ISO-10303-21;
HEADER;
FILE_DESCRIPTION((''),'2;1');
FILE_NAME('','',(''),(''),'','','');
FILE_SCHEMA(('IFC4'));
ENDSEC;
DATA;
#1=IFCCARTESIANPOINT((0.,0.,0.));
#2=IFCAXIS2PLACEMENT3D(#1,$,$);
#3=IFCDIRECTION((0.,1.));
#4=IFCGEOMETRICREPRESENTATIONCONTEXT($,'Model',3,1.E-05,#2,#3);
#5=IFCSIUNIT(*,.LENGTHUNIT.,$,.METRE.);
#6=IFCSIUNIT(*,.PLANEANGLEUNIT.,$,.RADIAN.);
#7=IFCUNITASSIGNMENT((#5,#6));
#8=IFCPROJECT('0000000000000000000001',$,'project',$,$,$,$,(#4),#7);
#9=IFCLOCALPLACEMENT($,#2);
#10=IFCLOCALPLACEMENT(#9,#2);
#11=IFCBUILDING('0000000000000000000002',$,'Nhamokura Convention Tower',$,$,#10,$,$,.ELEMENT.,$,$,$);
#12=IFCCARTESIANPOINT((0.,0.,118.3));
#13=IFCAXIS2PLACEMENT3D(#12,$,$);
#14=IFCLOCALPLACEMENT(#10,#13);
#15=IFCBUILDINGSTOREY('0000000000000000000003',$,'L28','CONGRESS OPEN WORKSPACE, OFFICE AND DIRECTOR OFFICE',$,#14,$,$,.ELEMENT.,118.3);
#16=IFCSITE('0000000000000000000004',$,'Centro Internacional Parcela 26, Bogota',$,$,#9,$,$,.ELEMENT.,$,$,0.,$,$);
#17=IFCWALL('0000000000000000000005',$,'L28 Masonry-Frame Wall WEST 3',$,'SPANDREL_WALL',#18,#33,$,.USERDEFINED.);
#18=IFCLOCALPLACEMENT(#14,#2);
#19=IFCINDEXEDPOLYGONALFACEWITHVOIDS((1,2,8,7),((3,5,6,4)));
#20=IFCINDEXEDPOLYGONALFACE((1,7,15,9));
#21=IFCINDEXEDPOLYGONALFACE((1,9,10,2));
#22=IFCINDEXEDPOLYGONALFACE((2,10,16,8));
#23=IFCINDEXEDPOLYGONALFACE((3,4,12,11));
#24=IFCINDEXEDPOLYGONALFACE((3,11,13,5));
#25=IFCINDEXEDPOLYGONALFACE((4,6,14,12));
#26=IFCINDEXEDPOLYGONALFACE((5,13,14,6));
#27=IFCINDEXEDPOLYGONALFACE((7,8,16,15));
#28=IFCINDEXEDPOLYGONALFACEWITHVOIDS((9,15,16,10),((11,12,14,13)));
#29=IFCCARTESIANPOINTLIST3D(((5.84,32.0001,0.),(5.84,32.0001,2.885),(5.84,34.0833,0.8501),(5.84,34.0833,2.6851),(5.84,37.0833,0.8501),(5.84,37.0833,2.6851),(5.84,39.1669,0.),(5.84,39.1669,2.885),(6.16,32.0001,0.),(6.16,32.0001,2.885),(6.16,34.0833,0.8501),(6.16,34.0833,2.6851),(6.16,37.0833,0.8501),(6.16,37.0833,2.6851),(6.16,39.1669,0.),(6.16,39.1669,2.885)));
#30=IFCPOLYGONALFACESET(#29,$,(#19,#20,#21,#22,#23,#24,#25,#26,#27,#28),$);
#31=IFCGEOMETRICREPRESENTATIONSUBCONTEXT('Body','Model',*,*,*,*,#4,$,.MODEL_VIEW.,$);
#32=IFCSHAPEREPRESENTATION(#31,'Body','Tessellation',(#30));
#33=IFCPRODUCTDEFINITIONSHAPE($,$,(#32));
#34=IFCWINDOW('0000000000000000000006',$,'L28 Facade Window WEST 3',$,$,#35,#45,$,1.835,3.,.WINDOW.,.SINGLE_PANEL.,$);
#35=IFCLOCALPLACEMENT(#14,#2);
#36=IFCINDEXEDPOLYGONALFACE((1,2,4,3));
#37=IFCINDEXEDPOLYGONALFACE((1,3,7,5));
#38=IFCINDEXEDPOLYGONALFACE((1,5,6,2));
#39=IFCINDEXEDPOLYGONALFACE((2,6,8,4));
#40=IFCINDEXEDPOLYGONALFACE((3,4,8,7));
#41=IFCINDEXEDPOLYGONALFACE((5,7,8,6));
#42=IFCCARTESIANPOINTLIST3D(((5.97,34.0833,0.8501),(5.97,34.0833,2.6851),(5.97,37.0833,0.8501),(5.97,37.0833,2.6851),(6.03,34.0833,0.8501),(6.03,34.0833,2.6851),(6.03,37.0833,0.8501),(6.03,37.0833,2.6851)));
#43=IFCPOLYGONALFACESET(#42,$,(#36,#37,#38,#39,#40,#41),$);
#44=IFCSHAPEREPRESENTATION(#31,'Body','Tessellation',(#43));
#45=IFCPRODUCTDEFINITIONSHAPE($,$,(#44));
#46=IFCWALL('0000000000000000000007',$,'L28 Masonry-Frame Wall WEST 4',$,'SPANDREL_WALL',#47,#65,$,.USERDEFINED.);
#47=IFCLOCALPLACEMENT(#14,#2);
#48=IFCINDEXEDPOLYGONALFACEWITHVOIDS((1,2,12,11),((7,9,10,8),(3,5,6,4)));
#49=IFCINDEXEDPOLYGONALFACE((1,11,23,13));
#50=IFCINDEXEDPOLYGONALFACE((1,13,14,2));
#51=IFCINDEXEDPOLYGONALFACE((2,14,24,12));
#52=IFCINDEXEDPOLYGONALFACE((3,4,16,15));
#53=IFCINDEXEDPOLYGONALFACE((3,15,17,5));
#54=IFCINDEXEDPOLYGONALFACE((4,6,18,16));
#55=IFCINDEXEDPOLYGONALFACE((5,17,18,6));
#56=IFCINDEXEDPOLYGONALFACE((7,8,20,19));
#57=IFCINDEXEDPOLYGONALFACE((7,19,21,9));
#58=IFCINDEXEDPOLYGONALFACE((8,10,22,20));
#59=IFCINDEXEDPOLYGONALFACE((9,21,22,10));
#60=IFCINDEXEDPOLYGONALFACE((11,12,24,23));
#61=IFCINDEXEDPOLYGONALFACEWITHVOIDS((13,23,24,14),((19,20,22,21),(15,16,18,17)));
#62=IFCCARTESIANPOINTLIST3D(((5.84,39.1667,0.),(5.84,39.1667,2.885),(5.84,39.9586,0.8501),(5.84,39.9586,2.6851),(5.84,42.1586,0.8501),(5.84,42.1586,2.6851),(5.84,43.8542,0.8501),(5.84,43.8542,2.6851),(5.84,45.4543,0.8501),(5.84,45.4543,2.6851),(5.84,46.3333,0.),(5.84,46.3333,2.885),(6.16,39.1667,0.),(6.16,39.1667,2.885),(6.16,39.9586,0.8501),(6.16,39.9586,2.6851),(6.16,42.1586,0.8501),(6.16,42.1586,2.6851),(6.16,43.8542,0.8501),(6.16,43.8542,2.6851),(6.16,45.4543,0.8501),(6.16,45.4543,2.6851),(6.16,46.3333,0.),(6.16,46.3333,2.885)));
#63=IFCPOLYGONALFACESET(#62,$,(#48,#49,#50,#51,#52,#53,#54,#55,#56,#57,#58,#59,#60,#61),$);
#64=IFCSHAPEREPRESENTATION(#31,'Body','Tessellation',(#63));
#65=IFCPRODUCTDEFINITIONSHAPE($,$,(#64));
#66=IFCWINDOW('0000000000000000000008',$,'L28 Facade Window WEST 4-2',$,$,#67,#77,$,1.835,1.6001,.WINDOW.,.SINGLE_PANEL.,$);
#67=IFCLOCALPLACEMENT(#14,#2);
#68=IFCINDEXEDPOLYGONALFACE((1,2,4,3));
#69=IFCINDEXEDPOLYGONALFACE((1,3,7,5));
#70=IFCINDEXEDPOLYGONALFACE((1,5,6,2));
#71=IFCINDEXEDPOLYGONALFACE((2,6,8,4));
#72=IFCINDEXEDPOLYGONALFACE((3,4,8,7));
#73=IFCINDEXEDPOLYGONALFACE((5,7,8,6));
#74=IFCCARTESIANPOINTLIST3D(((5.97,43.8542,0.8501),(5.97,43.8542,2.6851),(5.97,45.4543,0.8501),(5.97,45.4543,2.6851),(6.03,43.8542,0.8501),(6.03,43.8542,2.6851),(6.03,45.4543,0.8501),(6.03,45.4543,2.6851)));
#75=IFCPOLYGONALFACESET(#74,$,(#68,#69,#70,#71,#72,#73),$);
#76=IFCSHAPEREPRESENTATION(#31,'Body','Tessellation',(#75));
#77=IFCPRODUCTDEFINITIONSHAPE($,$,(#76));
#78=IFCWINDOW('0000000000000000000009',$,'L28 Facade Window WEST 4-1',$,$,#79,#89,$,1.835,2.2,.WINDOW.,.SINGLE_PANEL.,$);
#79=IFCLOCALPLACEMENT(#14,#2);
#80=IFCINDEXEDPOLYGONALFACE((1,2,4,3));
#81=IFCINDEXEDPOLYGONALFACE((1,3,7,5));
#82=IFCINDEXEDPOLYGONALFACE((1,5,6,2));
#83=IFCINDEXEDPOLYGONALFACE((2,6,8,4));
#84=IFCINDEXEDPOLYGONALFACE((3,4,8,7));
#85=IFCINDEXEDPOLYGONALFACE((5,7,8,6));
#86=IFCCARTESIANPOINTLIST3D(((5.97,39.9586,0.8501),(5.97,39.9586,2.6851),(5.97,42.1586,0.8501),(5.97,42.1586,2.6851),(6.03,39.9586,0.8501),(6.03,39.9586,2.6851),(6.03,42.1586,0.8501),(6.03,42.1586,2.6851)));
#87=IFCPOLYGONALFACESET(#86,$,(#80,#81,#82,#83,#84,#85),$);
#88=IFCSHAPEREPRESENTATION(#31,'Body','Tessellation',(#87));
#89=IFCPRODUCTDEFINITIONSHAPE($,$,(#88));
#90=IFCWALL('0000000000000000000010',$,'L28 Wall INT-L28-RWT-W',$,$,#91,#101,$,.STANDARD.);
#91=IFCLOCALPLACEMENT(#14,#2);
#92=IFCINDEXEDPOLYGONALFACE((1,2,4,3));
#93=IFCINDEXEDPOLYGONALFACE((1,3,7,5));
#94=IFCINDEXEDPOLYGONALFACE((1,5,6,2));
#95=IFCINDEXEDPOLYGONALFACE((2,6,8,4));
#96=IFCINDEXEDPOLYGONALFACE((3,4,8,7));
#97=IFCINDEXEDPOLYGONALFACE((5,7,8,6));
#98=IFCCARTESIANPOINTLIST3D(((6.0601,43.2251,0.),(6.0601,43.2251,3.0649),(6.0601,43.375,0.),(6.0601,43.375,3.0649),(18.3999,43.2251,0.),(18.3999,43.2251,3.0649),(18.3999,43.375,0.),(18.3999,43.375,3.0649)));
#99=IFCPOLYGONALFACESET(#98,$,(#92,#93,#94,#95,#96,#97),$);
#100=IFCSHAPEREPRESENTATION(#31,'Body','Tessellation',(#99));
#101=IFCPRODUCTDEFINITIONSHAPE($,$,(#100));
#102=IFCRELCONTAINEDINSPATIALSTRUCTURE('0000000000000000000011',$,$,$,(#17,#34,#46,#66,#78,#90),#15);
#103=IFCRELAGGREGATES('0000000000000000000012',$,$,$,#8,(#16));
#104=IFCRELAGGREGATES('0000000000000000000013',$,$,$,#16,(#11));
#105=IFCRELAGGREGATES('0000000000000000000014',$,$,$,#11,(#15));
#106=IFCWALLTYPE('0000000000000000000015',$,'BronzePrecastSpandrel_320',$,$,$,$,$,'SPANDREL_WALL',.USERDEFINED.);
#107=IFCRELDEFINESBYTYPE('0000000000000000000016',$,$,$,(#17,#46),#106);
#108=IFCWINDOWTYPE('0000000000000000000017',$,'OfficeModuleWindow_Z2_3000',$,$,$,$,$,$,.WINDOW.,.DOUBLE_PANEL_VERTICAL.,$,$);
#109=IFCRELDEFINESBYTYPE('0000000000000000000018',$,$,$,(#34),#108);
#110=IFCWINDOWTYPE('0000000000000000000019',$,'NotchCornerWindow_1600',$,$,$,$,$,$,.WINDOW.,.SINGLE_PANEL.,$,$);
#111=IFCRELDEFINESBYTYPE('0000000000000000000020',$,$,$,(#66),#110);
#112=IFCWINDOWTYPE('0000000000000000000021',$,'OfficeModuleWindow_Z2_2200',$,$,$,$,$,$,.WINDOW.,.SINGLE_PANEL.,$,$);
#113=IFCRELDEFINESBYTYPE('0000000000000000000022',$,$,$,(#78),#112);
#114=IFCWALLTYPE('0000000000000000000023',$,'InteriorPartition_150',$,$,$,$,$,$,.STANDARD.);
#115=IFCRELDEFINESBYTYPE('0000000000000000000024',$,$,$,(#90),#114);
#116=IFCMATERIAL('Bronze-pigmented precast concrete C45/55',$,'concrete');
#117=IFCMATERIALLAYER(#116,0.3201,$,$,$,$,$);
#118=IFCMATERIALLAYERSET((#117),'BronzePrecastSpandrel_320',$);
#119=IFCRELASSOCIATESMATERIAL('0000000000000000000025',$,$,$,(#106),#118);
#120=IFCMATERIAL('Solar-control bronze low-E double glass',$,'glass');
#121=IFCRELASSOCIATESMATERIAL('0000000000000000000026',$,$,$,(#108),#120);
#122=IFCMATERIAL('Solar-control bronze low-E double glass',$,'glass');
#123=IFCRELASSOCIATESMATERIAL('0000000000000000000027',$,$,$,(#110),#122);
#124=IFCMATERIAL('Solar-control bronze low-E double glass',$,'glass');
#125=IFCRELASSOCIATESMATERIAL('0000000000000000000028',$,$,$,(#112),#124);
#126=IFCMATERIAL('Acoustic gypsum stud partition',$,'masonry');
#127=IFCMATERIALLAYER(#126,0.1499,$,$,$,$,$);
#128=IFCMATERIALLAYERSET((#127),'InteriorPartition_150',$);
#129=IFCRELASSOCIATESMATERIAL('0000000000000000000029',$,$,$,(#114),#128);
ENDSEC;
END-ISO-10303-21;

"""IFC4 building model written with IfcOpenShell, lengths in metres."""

from ifc_helpers import new_model, si_unit, direction, frame, frame_2d, origin, place, context, subcontext, project, spatial, rectangle, extrude, material, layer, layer_set, type_object, element, fill, save


model = new_model("IFC4")

# Units and contexts
model_context = context("Model", 3, precision=1e-05, world=origin(), true_north=direction((0.0, 1.0)))
body_context = subcontext(model_context, "Body", "Model", "MODEL_VIEW")
ifc_project = project(units=[si_unit("LENGTHUNIT", "METRE"), si_unit("PLANEANGLEUNIT", "RADIAN")], contexts=[model_context])

# Site, building, storey
site_placement = place(None, origin())
site = spatial("IfcSite", under=ifc_project, at=site_placement, Name="Centro Internacional Parcela 26, Bogota", CompositionType="ELEMENT", RefElevation=0.0)
building_placement = place(site_placement, origin())
building = spatial("IfcBuilding", under=site, at=building_placement, Name="Nhamokura Convention Tower", CompositionType="ELEMENT")
storey_placement = place(building_placement, frame((0.0, 0.0, 118.3)))
storey = spatial("IfcBuildingStorey", under=building, at=storey_placement, Name="L28", Description="CONGRESS OPEN WORKSPACE, OFFICE AND DIRECTOR OFFICE", CompositionType="ELEMENT", Elevation=118.3)

# Wall, opening, window
ifc_material_1 = material(Name="Bronze-pigmented precast concrete C45/55", Category="concrete")
ifc_layer_1 = layer(ifc_material_1, 0.3201)
ifc_layer_set_1 = layer_set([ifc_layer_1], Name="BronzePrecastSpandrel_320")
wall_type_1 = type_object("IfcWallType", Name="BronzePrecastSpandrel_320", ElementType="SPANDREL_WALL", PredefinedType="USERDEFINED", material=ifc_layer_set_1)
wall_1_placement = place(storey_placement, frame((6.0, 32.0, 0.0), z_axis=(0.0, 0.0, 1.0), x_axis=(0.0, 1.0, 0.0)))
wall_1 = element("IfcWall", 1, at=wall_1_placement, inside=storey, type_object=wall_type_1, Name="L28 Masonry-Frame Wall WEST 3", ObjectType="SPANDREL_WALL", PredefinedType="USERDEFINED", context=body_context, shape_type="SweptSolid", body=[
    extrude(rectangle(XDim=7.1667, YDim=0.3201, at=frame_2d((3.5835, 0.0))), origin(), (0.0, 0.0, 1.0), 2.885),
])
opening_1_placement = place(wall_1_placement, frame((2.0833, 0.0, 0.8501)))
opening_1 = element("IfcOpeningElement", 2, at=opening_1_placement, cuts=wall_1, PredefinedType="OPENING", context=body_context, shape_type="SweptSolid", body=[
    extrude(rectangle(XDim=3.0, YDim=1.835, at=frame_2d((1.5, 0.9175))), frame((0.0, 0.1699, 0.0), z_axis=(0.0, -1.0, 0.0), x_axis=(1.0, 0.0, 0.0)), (0.0, 0.0, 1.0), 0.3401),
])
ifc_material_2 = material(Name="Solar-control bronze low-E double glass", Category="glass")
window_type_1 = type_object("IfcWindowType", Name="OfficeModuleWindow_Z2_3000", PartitioningType="DOUBLE_PANEL_VERTICAL", PredefinedType="WINDOW", material=ifc_material_2)
window_1_placement = place(opening_1_placement, origin())
window_1 = element("IfcWindow", 3, at=window_1_placement, inside=storey, type_object=window_type_1, Name="L28 Facade Window WEST 3", OverallHeight=1.835, OverallWidth=3.0, PartitioningType="SINGLE_PANEL", PredefinedType="WINDOW", context=body_context, shape_type="SweptSolid", body=[
    extrude(rectangle(XDim=3.0, YDim=1.835, at=frame_2d((1.5, 0.9175))), frame((0.0, 0.03, 0.0), z_axis=(0.0, -1.0, 0.0), x_axis=(1.0, 0.0, 0.0)), (0.0, 0.0, 1.0), 0.0601),
])
fill(opening_1, window_1)

# Wall, openings, windows
wall_2_placement = place(storey_placement, frame((6.0, 39.1667, 0.0), z_axis=(0.0, 0.0, 1.0), x_axis=(0.0, 1.0, 0.0)))
wall_2 = element("IfcWall", 4, at=wall_2_placement, inside=storey, type_object=wall_type_1, Name="L28 Masonry-Frame Wall WEST 4", ObjectType="SPANDREL_WALL", PredefinedType="USERDEFINED", context=body_context, shape_type="SweptSolid", body=[
    extrude(rectangle(XDim=7.1665, YDim=0.3201, at=frame_2d((3.5833, 0.0))), origin(), (0.0, 0.0, 1.0), 2.885),
])
opening_2_placement = place(wall_2_placement, frame((0.7917, 0.0, 0.8501)))
opening_2 = element("IfcOpeningElement", 5, at=opening_2_placement, cuts=wall_2, PredefinedType="OPENING", context=body_context, shape_type="SweptSolid", body=[
    extrude(rectangle(XDim=2.2, YDim=1.835, at=frame_2d((1.1001, 0.9175))), frame((0.0, 0.1699, 0.0), z_axis=(0.0, -1.0, 0.0), x_axis=(1.0, 0.0, 0.0)), (0.0, 0.0, 1.0), 0.3401),
])
opening_3_placement = place(wall_2_placement, frame((4.6875, 0.0, 0.8501)))
opening_3 = element("IfcOpeningElement", 6, at=opening_3_placement, cuts=wall_2, PredefinedType="OPENING", context=body_context, shape_type="SweptSolid", body=[
    extrude(rectangle(XDim=1.6001, YDim=1.835, at=frame_2d((0.8, 0.9175))), frame((0.0, 0.1699, 0.0), z_axis=(0.0, -1.0, 0.0), x_axis=(1.0, 0.0, 0.0)), (0.0, 0.0, 1.0), 0.3401),
])
ifc_material_3 = material(Name="Solar-control bronze low-E double glass", Category="glass")
window_type_2 = type_object("IfcWindowType", Name="NotchCornerWindow_1600", PartitioningType="SINGLE_PANEL", PredefinedType="WINDOW", material=ifc_material_3)
window_2_placement = place(opening_3_placement, origin())
window_2 = element("IfcWindow", 7, at=window_2_placement, inside=storey, type_object=window_type_2, Name="L28 Facade Window WEST 4-2", OverallHeight=1.835, OverallWidth=1.6001, PartitioningType="SINGLE_PANEL", PredefinedType="WINDOW", context=body_context, shape_type="SweptSolid", body=[
    extrude(rectangle(XDim=1.6001, YDim=1.835, at=frame_2d((0.8, 0.9175))), frame((0.0, 0.03, 0.0), z_axis=(0.0, -1.0, 0.0), x_axis=(1.0, 0.0, 0.0)), (0.0, 0.0, 1.0), 0.0601),
])
fill(opening_3, window_2)
ifc_material_4 = material(Name="Solar-control bronze low-E double glass", Category="glass")
window_type_3 = type_object("IfcWindowType", Name="OfficeModuleWindow_Z2_2200", PartitioningType="SINGLE_PANEL", PredefinedType="WINDOW", material=ifc_material_4)
window_3_placement = place(opening_2_placement, origin())
window_3 = element("IfcWindow", 8, at=window_3_placement, inside=storey, type_object=window_type_3, Name="L28 Facade Window WEST 4-1", OverallHeight=1.835, OverallWidth=2.2, PartitioningType="SINGLE_PANEL", PredefinedType="WINDOW", context=body_context, shape_type="SweptSolid", body=[
    extrude(rectangle(XDim=2.2, YDim=1.835, at=frame_2d((1.1001, 0.9175))), frame((0.0, 0.03, 0.0), z_axis=(0.0, -1.0, 0.0), x_axis=(1.0, 0.0, 0.0)), (0.0, 0.0, 1.0), 0.0601),
])
fill(opening_2, window_3)

# Wall
ifc_material_5 = material(Name="Acoustic gypsum stud partition", Category="masonry")
ifc_layer_2 = layer(ifc_material_5, 0.1499)
ifc_layer_set_2 = layer_set([ifc_layer_2], Name="InteriorPartition_150")
wall_type_2 = type_object("IfcWallType", Name="InteriorPartition_150", PredefinedType="STANDARD", material=ifc_layer_set_2)
wall_3_placement = place(storey_placement, frame((6.0601, 43.3, 0.0), z_axis=(0.0, 0.0, 1.0), x_axis=(1.0, 0.0, 0.0)))
element("IfcWall", 9, at=wall_3_placement, inside=storey, type_object=wall_type_2, Name="L28 Wall INT-L28-RWT-W", PredefinedType="STANDARD", context=body_context, shape_type="SweptSolid", body=[
    extrude(rectangle(XDim=12.3398, YDim=0.1499, at=frame_2d((6.1699, 0.0))), origin(), (0.0, 0.0, 1.0), 3.0649),
])

save(model, "model.ifc")
